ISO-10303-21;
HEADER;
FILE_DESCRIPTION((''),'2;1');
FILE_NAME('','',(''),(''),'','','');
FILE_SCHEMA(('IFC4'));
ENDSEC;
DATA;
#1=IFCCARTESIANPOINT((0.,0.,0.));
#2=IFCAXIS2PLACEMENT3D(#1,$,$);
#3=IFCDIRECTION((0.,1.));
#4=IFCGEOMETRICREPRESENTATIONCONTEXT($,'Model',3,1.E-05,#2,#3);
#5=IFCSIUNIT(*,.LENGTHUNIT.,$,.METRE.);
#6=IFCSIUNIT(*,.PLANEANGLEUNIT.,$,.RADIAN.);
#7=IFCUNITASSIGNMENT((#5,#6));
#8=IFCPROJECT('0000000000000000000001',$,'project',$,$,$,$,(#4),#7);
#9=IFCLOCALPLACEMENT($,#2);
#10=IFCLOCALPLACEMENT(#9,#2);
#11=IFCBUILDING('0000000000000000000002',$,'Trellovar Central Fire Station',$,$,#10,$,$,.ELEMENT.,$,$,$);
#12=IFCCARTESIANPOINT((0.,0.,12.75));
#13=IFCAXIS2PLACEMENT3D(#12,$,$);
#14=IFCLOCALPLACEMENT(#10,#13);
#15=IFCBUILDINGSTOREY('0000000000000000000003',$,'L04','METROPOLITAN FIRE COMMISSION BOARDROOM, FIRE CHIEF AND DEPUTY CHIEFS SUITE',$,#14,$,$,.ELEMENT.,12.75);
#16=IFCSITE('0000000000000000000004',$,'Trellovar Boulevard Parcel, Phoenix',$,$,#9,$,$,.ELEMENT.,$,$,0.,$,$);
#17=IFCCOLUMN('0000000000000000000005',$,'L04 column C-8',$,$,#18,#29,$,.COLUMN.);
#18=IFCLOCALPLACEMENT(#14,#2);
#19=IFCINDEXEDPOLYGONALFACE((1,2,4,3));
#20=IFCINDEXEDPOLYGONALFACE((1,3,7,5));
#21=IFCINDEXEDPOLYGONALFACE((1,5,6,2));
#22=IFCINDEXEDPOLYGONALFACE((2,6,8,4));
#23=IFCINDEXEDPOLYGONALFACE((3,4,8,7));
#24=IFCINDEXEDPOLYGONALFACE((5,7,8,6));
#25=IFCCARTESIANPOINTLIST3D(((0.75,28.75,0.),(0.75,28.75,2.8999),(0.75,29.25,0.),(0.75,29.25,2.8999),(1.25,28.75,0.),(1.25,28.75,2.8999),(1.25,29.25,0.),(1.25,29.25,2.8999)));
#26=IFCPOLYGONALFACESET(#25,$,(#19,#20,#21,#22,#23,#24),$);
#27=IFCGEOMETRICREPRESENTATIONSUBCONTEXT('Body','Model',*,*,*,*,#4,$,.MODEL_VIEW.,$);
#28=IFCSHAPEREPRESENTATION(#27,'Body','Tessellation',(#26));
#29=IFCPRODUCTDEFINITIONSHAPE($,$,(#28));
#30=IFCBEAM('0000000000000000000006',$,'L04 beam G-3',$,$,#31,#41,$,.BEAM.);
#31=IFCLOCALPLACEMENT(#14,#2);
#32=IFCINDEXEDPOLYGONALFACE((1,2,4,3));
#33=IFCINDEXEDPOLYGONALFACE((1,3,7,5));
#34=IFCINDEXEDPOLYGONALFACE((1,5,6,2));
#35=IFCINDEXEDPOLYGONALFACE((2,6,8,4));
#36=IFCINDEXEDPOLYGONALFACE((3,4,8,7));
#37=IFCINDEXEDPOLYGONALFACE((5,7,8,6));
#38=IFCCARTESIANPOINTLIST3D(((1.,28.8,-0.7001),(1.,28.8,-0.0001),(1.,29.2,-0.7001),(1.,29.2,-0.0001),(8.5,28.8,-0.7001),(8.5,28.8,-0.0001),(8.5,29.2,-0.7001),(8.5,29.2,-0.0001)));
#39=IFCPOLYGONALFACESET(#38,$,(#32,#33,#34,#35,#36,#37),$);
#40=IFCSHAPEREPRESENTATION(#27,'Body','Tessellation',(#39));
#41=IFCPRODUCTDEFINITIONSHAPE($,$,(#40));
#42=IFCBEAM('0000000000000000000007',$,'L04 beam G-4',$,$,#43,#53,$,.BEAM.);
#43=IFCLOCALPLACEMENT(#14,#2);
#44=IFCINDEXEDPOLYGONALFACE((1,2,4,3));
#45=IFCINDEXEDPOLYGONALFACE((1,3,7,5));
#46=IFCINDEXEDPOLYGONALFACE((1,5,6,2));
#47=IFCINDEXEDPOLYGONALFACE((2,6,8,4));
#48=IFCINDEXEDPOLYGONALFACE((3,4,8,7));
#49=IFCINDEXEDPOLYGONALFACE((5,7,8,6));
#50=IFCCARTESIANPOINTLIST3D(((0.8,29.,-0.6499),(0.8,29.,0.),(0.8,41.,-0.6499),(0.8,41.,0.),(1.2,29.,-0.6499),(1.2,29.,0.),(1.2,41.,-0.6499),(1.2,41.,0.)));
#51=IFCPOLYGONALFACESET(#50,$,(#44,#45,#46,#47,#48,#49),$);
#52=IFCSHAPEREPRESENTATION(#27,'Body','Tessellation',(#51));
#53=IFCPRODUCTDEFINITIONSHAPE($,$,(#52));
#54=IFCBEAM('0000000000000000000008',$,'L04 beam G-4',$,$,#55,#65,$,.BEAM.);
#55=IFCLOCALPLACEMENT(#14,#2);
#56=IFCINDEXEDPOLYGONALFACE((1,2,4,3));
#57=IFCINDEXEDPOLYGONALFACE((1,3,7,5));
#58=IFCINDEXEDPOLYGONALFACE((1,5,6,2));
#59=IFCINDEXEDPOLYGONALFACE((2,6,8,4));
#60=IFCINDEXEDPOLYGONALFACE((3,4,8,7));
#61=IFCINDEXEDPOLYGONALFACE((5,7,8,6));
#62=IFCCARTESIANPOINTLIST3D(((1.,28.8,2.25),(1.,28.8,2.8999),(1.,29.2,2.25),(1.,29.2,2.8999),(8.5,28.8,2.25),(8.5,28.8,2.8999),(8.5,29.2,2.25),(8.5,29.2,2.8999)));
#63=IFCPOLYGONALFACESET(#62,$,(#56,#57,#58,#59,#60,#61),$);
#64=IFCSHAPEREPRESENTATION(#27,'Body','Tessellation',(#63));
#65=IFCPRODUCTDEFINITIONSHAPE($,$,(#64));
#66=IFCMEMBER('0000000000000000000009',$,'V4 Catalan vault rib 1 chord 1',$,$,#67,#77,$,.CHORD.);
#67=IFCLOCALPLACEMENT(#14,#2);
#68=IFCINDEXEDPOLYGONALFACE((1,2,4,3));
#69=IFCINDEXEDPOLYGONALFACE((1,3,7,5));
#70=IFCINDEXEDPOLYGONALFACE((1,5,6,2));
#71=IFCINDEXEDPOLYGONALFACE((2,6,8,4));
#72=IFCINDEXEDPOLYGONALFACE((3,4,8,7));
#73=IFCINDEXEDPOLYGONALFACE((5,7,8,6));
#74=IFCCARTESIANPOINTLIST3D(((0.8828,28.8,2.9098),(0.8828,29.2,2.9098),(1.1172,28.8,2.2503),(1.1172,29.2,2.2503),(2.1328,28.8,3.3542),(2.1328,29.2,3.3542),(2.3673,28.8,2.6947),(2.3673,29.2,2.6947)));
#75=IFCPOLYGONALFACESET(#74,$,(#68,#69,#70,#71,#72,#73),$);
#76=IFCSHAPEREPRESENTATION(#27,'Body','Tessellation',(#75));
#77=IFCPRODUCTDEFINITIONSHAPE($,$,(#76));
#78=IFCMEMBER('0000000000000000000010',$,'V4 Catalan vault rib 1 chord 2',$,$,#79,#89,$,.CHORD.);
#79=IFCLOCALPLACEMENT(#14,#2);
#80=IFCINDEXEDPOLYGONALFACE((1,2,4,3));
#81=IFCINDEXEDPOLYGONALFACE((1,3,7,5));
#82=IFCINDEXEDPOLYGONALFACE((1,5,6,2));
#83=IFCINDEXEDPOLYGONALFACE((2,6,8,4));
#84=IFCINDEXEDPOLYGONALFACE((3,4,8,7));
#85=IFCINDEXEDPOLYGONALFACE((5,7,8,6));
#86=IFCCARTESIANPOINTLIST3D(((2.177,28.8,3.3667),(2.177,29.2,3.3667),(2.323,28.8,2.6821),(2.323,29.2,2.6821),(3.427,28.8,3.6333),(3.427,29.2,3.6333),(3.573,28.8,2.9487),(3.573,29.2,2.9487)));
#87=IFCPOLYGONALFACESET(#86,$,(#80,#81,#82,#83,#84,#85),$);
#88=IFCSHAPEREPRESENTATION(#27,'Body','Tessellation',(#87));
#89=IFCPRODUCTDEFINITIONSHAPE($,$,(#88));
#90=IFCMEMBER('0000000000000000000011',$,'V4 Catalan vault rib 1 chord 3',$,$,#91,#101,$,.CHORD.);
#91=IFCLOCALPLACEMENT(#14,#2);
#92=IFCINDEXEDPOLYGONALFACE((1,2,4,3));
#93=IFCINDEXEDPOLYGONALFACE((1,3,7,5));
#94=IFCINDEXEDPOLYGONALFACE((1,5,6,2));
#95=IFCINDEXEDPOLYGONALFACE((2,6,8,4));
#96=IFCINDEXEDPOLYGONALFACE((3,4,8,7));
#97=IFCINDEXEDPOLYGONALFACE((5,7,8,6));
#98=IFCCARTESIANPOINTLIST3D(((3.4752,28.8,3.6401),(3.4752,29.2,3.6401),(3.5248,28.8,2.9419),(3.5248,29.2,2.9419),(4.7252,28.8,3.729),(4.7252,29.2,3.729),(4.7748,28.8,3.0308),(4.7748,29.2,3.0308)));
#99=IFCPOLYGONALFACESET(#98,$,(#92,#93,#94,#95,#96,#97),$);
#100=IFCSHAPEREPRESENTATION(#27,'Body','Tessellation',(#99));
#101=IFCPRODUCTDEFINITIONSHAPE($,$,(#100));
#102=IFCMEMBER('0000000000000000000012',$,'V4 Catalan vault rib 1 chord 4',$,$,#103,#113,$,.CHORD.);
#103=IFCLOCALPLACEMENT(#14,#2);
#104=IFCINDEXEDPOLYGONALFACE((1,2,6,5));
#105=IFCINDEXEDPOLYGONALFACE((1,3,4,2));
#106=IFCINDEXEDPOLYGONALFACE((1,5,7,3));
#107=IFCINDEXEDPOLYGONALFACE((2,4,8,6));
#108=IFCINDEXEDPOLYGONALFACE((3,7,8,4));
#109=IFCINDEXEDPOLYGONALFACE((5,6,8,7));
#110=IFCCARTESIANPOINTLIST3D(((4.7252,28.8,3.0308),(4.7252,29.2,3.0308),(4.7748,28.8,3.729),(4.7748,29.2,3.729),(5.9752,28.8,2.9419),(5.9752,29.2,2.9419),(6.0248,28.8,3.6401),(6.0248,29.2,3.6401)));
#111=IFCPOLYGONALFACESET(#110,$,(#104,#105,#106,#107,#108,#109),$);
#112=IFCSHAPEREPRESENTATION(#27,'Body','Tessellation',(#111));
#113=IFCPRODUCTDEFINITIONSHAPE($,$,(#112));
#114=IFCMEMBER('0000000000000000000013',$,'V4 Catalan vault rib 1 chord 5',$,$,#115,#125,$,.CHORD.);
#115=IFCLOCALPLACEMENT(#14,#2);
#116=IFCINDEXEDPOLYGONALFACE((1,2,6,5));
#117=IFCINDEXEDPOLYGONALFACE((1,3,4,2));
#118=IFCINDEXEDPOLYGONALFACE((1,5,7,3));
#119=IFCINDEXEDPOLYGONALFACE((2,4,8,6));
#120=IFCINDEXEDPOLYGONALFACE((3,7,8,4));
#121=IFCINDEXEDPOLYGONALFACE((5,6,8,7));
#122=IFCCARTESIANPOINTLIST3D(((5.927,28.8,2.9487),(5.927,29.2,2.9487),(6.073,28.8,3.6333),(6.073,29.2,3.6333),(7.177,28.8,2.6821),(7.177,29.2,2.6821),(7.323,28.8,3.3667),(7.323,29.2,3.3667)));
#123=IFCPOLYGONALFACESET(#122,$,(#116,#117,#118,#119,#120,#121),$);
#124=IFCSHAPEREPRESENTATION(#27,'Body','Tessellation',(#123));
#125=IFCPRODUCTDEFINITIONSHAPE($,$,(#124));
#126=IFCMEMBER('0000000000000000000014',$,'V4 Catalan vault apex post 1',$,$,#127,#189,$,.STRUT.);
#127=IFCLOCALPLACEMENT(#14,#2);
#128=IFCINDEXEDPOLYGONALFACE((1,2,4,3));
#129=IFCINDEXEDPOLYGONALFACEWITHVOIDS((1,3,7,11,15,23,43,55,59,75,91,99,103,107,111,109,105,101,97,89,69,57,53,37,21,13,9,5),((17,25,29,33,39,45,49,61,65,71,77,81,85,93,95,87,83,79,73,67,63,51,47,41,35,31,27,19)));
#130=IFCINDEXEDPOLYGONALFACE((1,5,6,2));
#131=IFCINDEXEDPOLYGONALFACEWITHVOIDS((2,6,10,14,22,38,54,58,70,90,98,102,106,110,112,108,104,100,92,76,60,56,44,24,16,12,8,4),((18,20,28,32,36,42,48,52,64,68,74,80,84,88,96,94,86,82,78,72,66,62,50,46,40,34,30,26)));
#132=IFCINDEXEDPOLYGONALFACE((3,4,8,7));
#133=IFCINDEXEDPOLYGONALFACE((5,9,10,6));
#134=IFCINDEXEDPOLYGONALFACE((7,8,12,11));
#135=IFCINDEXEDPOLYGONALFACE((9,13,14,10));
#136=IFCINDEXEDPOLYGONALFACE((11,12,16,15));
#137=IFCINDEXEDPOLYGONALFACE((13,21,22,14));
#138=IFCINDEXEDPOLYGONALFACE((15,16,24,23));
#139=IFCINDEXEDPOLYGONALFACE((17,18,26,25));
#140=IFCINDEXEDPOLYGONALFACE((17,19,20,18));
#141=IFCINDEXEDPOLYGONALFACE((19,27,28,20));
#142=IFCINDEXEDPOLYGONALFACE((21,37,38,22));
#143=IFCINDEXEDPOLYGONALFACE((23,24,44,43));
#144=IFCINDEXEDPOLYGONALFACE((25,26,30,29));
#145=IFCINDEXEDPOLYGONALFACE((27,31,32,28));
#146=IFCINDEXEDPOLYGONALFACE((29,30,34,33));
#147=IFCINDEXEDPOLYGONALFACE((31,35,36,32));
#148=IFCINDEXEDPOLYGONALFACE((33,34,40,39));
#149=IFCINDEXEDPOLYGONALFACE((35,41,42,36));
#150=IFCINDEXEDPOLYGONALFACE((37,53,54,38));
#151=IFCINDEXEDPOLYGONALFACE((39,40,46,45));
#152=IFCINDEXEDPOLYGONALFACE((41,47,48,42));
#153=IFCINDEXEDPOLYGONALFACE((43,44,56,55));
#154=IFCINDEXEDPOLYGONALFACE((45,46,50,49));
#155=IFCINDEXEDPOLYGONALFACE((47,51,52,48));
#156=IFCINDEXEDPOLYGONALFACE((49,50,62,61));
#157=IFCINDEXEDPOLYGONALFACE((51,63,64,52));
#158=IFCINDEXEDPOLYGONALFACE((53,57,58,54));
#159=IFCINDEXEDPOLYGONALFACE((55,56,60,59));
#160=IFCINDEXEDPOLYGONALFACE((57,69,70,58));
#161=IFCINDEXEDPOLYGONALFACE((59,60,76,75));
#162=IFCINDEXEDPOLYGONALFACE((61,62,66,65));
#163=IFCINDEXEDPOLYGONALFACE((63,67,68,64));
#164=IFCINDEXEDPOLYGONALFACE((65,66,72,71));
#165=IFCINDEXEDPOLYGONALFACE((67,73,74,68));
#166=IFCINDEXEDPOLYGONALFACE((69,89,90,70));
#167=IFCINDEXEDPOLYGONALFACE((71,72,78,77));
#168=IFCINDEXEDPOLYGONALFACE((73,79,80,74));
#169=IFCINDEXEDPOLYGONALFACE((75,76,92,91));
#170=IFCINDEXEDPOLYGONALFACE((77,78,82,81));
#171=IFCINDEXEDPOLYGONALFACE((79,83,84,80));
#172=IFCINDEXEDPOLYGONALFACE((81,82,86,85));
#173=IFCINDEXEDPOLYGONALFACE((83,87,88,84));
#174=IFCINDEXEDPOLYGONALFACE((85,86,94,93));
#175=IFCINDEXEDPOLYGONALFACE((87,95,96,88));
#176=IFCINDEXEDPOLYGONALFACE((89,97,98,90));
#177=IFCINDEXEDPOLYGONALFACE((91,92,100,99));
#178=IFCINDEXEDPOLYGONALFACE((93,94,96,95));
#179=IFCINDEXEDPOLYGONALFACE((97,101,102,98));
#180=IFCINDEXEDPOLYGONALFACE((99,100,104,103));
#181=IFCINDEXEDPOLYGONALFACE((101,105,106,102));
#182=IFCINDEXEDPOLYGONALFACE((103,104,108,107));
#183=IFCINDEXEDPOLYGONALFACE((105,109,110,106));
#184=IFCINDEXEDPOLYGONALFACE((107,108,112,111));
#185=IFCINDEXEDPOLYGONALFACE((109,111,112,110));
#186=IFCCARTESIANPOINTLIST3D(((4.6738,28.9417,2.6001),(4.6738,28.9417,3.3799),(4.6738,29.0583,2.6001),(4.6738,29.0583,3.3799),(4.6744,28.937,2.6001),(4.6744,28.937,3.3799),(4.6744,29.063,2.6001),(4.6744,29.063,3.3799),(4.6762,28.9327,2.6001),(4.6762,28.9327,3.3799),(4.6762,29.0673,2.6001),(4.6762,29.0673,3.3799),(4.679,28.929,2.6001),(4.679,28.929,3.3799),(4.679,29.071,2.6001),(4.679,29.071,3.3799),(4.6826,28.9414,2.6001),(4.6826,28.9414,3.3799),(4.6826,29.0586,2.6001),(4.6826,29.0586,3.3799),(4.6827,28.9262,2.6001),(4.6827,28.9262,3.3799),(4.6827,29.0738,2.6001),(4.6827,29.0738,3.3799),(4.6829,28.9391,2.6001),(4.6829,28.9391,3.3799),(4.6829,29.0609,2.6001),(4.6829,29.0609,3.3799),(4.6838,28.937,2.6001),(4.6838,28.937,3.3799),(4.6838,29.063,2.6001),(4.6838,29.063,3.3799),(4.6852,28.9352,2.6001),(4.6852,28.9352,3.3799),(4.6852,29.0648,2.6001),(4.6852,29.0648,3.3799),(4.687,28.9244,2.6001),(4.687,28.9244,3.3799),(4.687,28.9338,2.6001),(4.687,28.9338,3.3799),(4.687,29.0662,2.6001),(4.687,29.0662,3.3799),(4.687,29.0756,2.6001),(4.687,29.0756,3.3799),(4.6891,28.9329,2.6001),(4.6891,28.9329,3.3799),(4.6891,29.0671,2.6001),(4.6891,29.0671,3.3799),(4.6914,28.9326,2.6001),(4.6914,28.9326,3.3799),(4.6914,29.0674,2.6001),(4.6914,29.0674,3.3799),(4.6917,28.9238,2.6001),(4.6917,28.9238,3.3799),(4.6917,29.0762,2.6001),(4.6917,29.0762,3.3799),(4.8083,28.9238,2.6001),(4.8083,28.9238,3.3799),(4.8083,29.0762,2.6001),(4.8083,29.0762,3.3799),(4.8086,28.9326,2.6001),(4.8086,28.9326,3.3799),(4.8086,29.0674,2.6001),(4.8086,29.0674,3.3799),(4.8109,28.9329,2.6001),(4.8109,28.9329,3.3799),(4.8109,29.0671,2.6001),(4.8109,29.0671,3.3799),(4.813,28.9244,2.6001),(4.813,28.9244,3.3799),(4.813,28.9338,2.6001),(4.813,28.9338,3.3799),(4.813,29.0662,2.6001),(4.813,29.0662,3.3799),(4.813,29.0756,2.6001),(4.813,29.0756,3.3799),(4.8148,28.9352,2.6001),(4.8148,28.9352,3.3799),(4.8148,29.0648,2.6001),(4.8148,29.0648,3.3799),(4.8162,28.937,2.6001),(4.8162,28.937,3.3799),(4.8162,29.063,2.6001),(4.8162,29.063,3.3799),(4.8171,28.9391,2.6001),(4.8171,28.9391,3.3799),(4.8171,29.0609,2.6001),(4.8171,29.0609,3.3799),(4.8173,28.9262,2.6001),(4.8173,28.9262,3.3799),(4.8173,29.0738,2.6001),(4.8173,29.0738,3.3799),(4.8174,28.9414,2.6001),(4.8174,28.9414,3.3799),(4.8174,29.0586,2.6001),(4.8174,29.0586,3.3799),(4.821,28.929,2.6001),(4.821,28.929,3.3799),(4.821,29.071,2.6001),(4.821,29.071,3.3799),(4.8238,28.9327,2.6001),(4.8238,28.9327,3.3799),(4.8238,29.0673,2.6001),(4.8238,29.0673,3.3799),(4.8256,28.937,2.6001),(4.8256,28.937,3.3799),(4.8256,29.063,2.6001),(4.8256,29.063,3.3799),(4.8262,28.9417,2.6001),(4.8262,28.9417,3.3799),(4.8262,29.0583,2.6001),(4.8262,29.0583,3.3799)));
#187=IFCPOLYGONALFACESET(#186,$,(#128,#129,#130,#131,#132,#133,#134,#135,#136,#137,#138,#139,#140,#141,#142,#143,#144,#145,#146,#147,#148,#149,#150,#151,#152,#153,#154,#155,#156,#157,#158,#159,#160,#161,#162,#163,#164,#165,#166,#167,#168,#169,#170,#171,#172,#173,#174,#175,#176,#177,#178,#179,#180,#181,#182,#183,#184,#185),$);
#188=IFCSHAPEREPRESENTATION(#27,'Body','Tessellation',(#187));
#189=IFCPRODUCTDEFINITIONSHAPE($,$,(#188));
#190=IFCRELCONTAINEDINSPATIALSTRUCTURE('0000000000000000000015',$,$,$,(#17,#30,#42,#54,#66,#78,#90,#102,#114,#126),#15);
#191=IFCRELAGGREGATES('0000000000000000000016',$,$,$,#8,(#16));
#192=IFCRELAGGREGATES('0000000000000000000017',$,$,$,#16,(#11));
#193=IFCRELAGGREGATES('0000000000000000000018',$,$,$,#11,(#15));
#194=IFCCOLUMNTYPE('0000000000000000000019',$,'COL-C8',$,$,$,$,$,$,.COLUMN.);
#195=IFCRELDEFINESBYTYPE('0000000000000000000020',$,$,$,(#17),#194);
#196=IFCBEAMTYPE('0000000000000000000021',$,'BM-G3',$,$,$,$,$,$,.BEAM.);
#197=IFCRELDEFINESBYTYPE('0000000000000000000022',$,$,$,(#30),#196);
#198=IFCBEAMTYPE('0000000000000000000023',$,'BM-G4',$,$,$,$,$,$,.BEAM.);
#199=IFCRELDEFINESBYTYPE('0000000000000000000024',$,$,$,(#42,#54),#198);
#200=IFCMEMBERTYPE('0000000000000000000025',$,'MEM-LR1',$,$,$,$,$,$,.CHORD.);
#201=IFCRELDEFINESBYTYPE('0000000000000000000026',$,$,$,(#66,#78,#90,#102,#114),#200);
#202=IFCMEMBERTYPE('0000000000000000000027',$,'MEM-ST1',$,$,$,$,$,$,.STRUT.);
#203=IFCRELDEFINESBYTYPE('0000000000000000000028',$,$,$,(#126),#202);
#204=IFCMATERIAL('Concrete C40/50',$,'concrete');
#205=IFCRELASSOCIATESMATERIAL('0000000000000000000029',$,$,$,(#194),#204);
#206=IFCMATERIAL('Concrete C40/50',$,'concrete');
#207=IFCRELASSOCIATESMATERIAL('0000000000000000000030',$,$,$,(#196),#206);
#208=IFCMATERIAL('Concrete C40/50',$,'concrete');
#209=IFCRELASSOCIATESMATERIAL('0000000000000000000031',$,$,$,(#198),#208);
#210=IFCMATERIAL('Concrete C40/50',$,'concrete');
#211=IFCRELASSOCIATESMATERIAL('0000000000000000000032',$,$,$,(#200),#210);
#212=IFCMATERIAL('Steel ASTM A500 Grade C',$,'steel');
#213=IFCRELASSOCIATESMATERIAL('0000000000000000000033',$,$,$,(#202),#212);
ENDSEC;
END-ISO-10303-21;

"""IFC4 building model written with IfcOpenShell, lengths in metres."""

from ifc_helpers import new_model, si_unit, direction, frame, origin, origin_2d, place, context, subcontext, project, spatial, rectangle, hollow_rectangle, extrude, material, material_profile, profile_set, type_object, element, save


model = new_model("IFC4")

# Units and contexts
model_context = context("Model", 3, precision=1e-05, world=origin(), true_north=direction((0.0, 1.0)))
body_context = subcontext(model_context, "Body", "Model", "MODEL_VIEW")
ifc_project = project(units=[si_unit("LENGTHUNIT", "METRE"), si_unit("PLANEANGLEUNIT", "RADIAN")], contexts=[model_context])

# Site, building, storey
site_placement = place(None, origin())
site = spatial("IfcSite", under=ifc_project, at=site_placement, Name="Trellovar Boulevard Parcel, Phoenix", CompositionType="ELEMENT", RefElevation=0.0)
building_placement = place(site_placement, origin())
building = spatial("IfcBuilding", under=site, at=building_placement, Name="Trellovar Central Fire Station", CompositionType="ELEMENT")
storey_placement = place(building_placement, frame((0.0, 0.0, 12.75)))
storey = spatial("IfcBuildingStorey", under=building, at=storey_placement, Name="L04", Description="METROPOLITAN FIRE COMMISSION BOARDROOM, FIRE CHIEF AND DEPUTY CHIEFS SUITE", CompositionType="ELEMENT", Elevation=12.75)

# Column
ifc_material_1 = material(Name="Concrete C40/50", Category="concrete")
ifc_material_profile_1 = material_profile(ifc_material_1, rectangle(XDim=0.5, YDim=0.5, at=origin_2d()), Name="RC500X500")
ifc_profile_set_1 = profile_set([ifc_material_profile_1], Name="Concrete C40/50")
column_type = type_object("IfcColumnType", Name="COL-C8", PredefinedType="COLUMN", material=ifc_profile_set_1)
column_placement = place(storey_placement, frame((1.0, 29.0, 0.0), z_axis=(0.0, 0.0, 1.0), x_axis=(1.0, 0.0, 0.0)))
element("IfcColumn", 1, at=column_placement, inside=storey, type_object=column_type, Name="L04 column C-8", PredefinedType="COLUMN", context=body_context, shape_type="SweptSolid", body=[
    extrude(rectangle(XDim=0.5, YDim=0.5, at=origin_2d()), origin(), (0.0, 0.0, 1.0), 2.8999),
])

# Beams
ifc_material_2 = material(Name="Concrete C40/50", Category="concrete")
ifc_material_profile_2 = material_profile(ifc_material_2, rectangle(XDim=0.3999, YDim=0.7, at=origin_2d()), Name="RC400X700")
ifc_profile_set_2 = profile_set([ifc_material_profile_2], Name="Concrete C40/50")
beam_type_1 = type_object("IfcBeamType", Name="BM-G3", PredefinedType="BEAM", material=ifc_profile_set_2)
beam_1_placement = place(storey_placement, frame((1.0, 29.0, -0.3501), z_axis=(1.0, 0.0, 0.0), x_axis=(0.0, 1.0, 0.0)))
element("IfcBeam", 2, at=beam_1_placement, inside=storey, type_object=beam_type_1, Name="L04 beam G-3", PredefinedType="BEAM", context=body_context, shape_type="SweptSolid", body=[
    extrude(rectangle(XDim=0.3999, YDim=0.7, at=origin_2d()), origin(), (0.0, 0.0, 1.0), 7.5),
])
ifc_material_3 = material(Name="Concrete C40/50", Category="concrete")
ifc_material_profile_3 = material_profile(ifc_material_3, rectangle(XDim=0.3999, YDim=0.6499, at=origin_2d()), Name="RC400X650")
ifc_profile_set_3 = profile_set([ifc_material_profile_3], Name="Concrete C40/50")
beam_type_2 = type_object("IfcBeamType", Name="BM-G4", PredefinedType="BEAM", material=ifc_profile_set_3)
beam_2_placement = place(storey_placement, frame((1.0, 29.0, -0.325), z_axis=(0.0, 1.0, 0.0), x_axis=(-1.0, 0.0, 0.0)))
element("IfcBeam", 3, at=beam_2_placement, inside=storey, type_object=beam_type_2, Name="L04 beam G-4", PredefinedType="BEAM", context=body_context, shape_type="SweptSolid", body=[
    extrude(rectangle(XDim=0.3999, YDim=0.6499, at=origin_2d()), origin(), (0.0, 0.0, 1.0), 12.0),
])
beam_3_placement = place(storey_placement, frame((1.0, 29.0, 2.575), z_axis=(1.0, 0.0, 0.0), x_axis=(0.0, 1.0, 0.0)))
element("IfcBeam", 4, at=beam_3_placement, inside=storey, type_object=beam_type_2, Name="L04 beam G-4", PredefinedType="BEAM", context=body_context, shape_type="SweptSolid", body=[
    extrude(rectangle(XDim=0.3999, YDim=0.6499, at=origin_2d()), origin(), (0.0, 0.0, 1.0), 7.5),
])

# Members
ifc_material_4 = material(Name="Concrete C40/50", Category="concrete")
ifc_material_profile_4 = material_profile(ifc_material_4, rectangle(XDim=0.3999, YDim=0.7, at=origin_2d()), Name="RC400X700")
ifc_profile_set_4 = profile_set([ifc_material_profile_4], Name="Concrete C40/50")
member_type_1 = type_object("IfcMemberType", Name="MEM-LR1", PredefinedType="CHORD", material=ifc_profile_set_4)
member_1_placement = place(storey_placement, frame((1.0, 29.0, 2.5801), z_axis=(0.942241, 0.0, 0.334937), x_axis=(0.0, 1.0, 0.0)))
element("IfcMember", 5, at=member_1_placement, inside=storey, type_object=member_type_1, Name="V4 Catalan vault rib 1 chord 1", PredefinedType="CHORD", context=body_context, shape_type="SweptSolid", body=[
    extrude(rectangle(XDim=0.3999, YDim=0.7, at=origin_2d()), origin(), (0.0, 0.0, 1.0), 1.3267),
])
member_2_placement = place(storey_placement, frame((2.25, 29.0, 3.0244), z_axis=(0.978003, 0.0, 0.20859), x_axis=(0.0, 1.0, 0.0)))
element("IfcMember", 6, at=member_2_placement, inside=storey, type_object=member_type_1, Name="V4 Catalan vault rib 1 chord 2", PredefinedType="CHORD", context=body_context, shape_type="SweptSolid", body=[
    extrude(rectangle(XDim=0.3999, YDim=0.7, at=origin_2d()), origin(), (0.0, 0.0, 1.0), 1.2781),
])
for number, where, z_axis, x_axis, name in (
    (7, (3.5, 29.0, 3.291), (0.997482, 0.0, 0.070915), (0.0, 1.0, 0.0), "V4 Catalan vault rib 1 chord 3"),
    (8, (4.75, 29.0, 3.3799), (0.997482, 0.0, -0.070915), (0.0, 1.0, 0.0), "V4 Catalan vault rib 1 chord 4"),
):
    element("IfcMember", number, at=place(storey_placement, frame(where, z_axis=z_axis, x_axis=x_axis)), inside=storey, type_object=member_type_1, Name=name, PredefinedType="CHORD", context=body_context, shape_type="SweptSolid", body=[
        extrude(rectangle(XDim=0.3999, YDim=0.7, at=origin_2d()), origin(), (0.0, 0.0, 1.0), 1.2532),
    ])
member_3_placement = place(storey_placement, frame((6.0, 29.0, 3.291), z_axis=(0.978003, 0.0, -0.20859), x_axis=(0.0, 1.0, 0.0)))
element("IfcMember", 9, at=member_3_placement, inside=storey, type_object=member_type_1, Name="V4 Catalan vault rib 1 chord 5", PredefinedType="CHORD", context=body_context, shape_type="SweptSolid", body=[
    extrude(rectangle(XDim=0.3999, YDim=0.7, at=origin_2d()), origin(), (0.0, 0.0, 1.0), 1.2781),
])
ifc_material_5 = material(Name="Steel ASTM A500 Grade C", Category="steel")
ifc_material_profile_5 = material_profile(ifc_material_5, hollow_rectangle(XDim=0.1523, YDim=0.1523, WallThickness=0.0088, InnerFilletRadius=0.0088, OuterFilletRadius=0.0178, at=origin_2d()), Name="HSS6X6X3/8")
ifc_profile_set_5 = profile_set([ifc_material_profile_5], Name="Steel ASTM A500 Grade C")
member_type_2 = type_object("IfcMemberType", Name="MEM-ST1", PredefinedType="STRUT", material=ifc_profile_set_5)
member_4_placement = place(storey_placement, frame((4.75, 29.0, 2.6001), z_axis=(0.0, 0.0, 1.0), x_axis=(1.0, 0.0, 0.0)))
element("IfcMember", 10, at=member_4_placement, inside=storey, type_object=member_type_2, Name="V4 Catalan vault apex post 1", PredefinedType="STRUT", context=body_context, shape_type="SweptSolid", body=[
    extrude(hollow_rectangle(XDim=0.1523, YDim=0.1523, WallThickness=0.0088, InnerFilletRadius=0.0088, OuterFilletRadius=0.0178, at=origin_2d()), origin(), (0.0, 0.0, 1.0), 0.7798),
])

save(model, "model.ifc")
